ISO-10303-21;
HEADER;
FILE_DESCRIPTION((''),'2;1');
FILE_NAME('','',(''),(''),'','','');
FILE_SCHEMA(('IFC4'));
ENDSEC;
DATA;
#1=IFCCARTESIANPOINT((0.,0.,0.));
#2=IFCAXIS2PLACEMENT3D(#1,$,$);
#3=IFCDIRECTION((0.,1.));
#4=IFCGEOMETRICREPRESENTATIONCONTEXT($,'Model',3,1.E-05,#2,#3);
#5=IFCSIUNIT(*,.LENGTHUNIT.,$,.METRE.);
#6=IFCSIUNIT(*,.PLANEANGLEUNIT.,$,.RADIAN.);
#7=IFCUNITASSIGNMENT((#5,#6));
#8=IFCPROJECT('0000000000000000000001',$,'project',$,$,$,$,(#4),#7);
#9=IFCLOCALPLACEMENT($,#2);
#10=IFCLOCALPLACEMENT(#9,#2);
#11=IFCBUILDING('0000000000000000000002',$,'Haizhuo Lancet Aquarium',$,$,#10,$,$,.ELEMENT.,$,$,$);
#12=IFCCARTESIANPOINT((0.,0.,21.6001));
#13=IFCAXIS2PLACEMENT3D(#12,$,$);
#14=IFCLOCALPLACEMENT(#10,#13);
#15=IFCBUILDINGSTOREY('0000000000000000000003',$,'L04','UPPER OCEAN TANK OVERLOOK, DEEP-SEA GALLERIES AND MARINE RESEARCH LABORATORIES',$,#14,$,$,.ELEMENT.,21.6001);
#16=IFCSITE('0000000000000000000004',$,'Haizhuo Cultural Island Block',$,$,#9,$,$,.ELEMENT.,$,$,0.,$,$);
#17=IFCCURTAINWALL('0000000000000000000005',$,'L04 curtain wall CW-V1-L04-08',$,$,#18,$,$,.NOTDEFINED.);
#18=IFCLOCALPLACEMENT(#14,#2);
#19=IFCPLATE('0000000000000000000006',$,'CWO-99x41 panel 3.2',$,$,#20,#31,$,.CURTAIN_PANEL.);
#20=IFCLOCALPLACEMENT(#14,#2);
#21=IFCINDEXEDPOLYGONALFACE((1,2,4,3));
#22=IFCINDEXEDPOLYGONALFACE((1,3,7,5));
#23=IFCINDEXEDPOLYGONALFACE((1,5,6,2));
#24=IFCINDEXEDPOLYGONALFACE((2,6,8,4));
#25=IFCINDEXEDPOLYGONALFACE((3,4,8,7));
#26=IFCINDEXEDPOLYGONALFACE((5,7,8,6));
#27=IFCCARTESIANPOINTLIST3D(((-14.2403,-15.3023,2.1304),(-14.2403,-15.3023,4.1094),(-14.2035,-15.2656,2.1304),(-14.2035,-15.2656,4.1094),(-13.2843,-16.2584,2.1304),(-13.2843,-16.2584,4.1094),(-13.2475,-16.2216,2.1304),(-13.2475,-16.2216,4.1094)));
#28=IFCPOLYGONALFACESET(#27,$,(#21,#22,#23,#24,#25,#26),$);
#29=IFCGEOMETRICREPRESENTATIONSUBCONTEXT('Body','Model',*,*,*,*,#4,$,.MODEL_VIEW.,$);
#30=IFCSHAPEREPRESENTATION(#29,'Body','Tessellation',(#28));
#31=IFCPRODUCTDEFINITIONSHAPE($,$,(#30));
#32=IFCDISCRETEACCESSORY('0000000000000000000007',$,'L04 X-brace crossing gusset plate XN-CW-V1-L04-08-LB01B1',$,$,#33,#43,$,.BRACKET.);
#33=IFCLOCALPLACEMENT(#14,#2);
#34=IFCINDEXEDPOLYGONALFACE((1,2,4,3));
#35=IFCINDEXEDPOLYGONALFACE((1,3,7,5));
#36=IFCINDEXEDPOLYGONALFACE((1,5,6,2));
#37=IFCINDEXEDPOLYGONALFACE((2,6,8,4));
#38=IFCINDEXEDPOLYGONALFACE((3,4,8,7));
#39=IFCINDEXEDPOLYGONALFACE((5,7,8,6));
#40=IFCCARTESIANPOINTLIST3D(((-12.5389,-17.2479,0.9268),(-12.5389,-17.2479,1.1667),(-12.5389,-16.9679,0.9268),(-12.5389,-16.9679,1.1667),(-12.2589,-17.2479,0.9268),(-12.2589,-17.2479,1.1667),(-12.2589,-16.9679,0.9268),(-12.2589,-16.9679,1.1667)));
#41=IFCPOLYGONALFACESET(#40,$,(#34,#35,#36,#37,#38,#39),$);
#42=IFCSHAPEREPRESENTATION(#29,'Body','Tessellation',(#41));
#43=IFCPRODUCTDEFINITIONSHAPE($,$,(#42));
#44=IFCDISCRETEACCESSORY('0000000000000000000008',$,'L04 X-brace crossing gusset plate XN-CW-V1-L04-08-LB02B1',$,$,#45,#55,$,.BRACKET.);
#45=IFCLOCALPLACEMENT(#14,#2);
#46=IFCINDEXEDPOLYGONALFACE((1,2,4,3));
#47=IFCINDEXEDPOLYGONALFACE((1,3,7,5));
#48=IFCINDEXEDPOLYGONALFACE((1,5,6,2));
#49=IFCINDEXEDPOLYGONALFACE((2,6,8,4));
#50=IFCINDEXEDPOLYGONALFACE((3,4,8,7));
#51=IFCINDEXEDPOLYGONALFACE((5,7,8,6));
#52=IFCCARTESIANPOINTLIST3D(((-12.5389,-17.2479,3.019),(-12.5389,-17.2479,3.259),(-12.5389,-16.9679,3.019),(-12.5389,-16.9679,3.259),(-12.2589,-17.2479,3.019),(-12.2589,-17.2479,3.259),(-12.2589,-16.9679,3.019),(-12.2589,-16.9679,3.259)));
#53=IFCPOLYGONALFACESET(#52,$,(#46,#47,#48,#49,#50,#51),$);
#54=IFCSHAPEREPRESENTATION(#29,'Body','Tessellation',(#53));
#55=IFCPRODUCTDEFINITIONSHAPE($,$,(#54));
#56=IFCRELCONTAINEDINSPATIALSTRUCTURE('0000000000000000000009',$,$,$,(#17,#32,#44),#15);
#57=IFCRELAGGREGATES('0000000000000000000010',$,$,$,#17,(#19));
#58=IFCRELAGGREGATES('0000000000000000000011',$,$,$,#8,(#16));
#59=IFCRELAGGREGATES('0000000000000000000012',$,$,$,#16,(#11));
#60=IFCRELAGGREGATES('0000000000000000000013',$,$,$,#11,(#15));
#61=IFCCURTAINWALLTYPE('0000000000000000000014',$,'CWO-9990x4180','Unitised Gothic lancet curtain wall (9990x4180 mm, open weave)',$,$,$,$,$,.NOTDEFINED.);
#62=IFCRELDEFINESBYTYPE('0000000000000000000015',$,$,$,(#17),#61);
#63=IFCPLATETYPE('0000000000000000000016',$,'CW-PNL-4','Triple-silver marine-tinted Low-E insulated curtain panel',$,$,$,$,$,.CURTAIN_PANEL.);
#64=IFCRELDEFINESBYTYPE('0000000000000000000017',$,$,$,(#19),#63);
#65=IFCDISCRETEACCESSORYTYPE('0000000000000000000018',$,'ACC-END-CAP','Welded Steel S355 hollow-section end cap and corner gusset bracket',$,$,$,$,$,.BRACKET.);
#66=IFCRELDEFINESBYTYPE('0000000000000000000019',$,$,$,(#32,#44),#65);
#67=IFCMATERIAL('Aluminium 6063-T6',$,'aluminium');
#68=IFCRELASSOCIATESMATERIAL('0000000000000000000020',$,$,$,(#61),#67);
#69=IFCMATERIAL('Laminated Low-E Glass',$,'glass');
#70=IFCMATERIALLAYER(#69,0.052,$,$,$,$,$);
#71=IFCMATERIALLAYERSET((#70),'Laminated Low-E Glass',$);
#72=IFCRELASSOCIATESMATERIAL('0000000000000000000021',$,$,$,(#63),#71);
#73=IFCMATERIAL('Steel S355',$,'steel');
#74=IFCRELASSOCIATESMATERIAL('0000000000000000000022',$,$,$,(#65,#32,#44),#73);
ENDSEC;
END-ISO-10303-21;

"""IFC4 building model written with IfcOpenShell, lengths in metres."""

from ifc_helpers import new_model, si_unit, direction, frame, origin, origin_2d, place, context, subcontext, project, spatial, rectangle, extrude, material, layer, layer_set, type_object, element, aggregate, save


model = new_model("IFC4")

# Units and contexts
model_context = context("Model", 3, precision=1e-05, world=origin(), true_north=direction((0.0, 1.0)))
body_context = subcontext(model_context, "Body", "Model", "MODEL_VIEW")
ifc_project = project(units=[si_unit("LENGTHUNIT", "METRE"), si_unit("PLANEANGLEUNIT", "RADIAN")], contexts=[model_context])

# Site, building, storey
site_placement = place(None, origin())
site = spatial("IfcSite", under=ifc_project, at=site_placement, Name="Haizhuo Cultural Island Block", CompositionType="ELEMENT", RefElevation=0.0)
building_placement = place(site_placement, origin())
building = spatial("IfcBuilding", under=site, at=building_placement, Name="Haizhuo Lancet Aquarium", CompositionType="ELEMENT")
storey_placement = place(building_placement, frame((0.0, 0.0, 21.6001)))
storey = spatial("IfcBuildingStorey", under=building, at=storey_placement, Name="L04", Description="UPPER OCEAN TANK OVERLOOK, DEEP-SEA GALLERIES AND MARINE RESEARCH LABORATORIES", CompositionType="ELEMENT", Elevation=21.6001)

# Curtain wall
ifc_material_1 = material(Name="Aluminium 6063-T6", Category="aluminium")
curtain_wall_type = type_object("IfcCurtainWallType", Name="CWO-9990x4180", Description="Unitised Gothic lancet curtain wall (9990x4180 mm, open weave)", PredefinedType="NOTDEFINED", material=ifc_material_1)
curtain_wall_placement = place(storey_placement, origin())
curtain_wall = element("IfcCurtainWall", 1, at=curtain_wall_placement, inside=storey, type_object=curtain_wall_type, Name="L04 curtain wall CW-V1-L04-08", PredefinedType="NOTDEFINED")

# Shared definitions
ifc_material_2 = material(Name="Steel S355", Category="steel")

# Plate
ifc_material_3 = material(Name="Laminated Low-E Glass", Category="glass")
ifc_layer = layer(ifc_material_3, 0.052)
ifc_layer_set = layer_set([ifc_layer], Name="Laminated Low-E Glass")
plate_type = type_object("IfcPlateType", Name="CW-PNL-4", Description="Triple-silver marine-tinted Low-E insulated curtain panel", PredefinedType="CURTAIN_PANEL", material=ifc_layer_set)
plate_1_placement = place(storey_placement, frame((-13.7439, -15.762, 2.1304), z_axis=(0.0, 0.0, 1.0), x_axis=(-0.707107, 0.707107, 0.0)))
plate_1 = element("IfcPlate", 2, at=plate_1_placement, type_object=plate_type, Name="CWO-99x41 panel 3.2", PredefinedType="CURTAIN_PANEL", context=body_context, shape_type="SweptSolid", body=[
    extrude(rectangle(XDim=1.3521, YDim=0.052, at=origin_2d()), origin(), (0.0, 0.0, 1.0), 1.979),
])
aggregate(curtain_wall, [plate_1])

# Discrete accessories
discrete_accessory_type = type_object("IfcDiscreteAccessoryType", Name="ACC-END-CAP", Description="Welded Steel S355 hollow-section end cap and corner gusset bracket", PredefinedType="BRACKET", material=ifc_material_2)
for number, where, z_axis, x_axis, name in (
    (3, (-12.3989, -17.1079, 0.9268), (0.0, 0.0, 1.0), (1.0, 0.0, 0.0), "L04 X-brace crossing gusset plate XN-CW-V1-L04-08-LB01B1"),
    (4, (-12.3989, -17.1079, 3.019), (0.0, 0.0, 1.0), (1.0, 0.0, 0.0), "L04 X-brace crossing gusset plate XN-CW-V1-L04-08-LB02B1"),
):
    element("IfcDiscreteAccessory", number, at=place(storey_placement, frame(where, z_axis=z_axis, x_axis=x_axis)), inside=storey, type_object=discrete_accessory_type, material=ifc_material_2, Name=name, PredefinedType="BRACKET", context=body_context, shape_type="SweptSolid", body=[
        extrude(rectangle(XDim=0.28, YDim=0.28, at=origin_2d()), origin(), (0.0, 0.0, 1.0), 0.24),
    ])

save(model, "model.ifc")
